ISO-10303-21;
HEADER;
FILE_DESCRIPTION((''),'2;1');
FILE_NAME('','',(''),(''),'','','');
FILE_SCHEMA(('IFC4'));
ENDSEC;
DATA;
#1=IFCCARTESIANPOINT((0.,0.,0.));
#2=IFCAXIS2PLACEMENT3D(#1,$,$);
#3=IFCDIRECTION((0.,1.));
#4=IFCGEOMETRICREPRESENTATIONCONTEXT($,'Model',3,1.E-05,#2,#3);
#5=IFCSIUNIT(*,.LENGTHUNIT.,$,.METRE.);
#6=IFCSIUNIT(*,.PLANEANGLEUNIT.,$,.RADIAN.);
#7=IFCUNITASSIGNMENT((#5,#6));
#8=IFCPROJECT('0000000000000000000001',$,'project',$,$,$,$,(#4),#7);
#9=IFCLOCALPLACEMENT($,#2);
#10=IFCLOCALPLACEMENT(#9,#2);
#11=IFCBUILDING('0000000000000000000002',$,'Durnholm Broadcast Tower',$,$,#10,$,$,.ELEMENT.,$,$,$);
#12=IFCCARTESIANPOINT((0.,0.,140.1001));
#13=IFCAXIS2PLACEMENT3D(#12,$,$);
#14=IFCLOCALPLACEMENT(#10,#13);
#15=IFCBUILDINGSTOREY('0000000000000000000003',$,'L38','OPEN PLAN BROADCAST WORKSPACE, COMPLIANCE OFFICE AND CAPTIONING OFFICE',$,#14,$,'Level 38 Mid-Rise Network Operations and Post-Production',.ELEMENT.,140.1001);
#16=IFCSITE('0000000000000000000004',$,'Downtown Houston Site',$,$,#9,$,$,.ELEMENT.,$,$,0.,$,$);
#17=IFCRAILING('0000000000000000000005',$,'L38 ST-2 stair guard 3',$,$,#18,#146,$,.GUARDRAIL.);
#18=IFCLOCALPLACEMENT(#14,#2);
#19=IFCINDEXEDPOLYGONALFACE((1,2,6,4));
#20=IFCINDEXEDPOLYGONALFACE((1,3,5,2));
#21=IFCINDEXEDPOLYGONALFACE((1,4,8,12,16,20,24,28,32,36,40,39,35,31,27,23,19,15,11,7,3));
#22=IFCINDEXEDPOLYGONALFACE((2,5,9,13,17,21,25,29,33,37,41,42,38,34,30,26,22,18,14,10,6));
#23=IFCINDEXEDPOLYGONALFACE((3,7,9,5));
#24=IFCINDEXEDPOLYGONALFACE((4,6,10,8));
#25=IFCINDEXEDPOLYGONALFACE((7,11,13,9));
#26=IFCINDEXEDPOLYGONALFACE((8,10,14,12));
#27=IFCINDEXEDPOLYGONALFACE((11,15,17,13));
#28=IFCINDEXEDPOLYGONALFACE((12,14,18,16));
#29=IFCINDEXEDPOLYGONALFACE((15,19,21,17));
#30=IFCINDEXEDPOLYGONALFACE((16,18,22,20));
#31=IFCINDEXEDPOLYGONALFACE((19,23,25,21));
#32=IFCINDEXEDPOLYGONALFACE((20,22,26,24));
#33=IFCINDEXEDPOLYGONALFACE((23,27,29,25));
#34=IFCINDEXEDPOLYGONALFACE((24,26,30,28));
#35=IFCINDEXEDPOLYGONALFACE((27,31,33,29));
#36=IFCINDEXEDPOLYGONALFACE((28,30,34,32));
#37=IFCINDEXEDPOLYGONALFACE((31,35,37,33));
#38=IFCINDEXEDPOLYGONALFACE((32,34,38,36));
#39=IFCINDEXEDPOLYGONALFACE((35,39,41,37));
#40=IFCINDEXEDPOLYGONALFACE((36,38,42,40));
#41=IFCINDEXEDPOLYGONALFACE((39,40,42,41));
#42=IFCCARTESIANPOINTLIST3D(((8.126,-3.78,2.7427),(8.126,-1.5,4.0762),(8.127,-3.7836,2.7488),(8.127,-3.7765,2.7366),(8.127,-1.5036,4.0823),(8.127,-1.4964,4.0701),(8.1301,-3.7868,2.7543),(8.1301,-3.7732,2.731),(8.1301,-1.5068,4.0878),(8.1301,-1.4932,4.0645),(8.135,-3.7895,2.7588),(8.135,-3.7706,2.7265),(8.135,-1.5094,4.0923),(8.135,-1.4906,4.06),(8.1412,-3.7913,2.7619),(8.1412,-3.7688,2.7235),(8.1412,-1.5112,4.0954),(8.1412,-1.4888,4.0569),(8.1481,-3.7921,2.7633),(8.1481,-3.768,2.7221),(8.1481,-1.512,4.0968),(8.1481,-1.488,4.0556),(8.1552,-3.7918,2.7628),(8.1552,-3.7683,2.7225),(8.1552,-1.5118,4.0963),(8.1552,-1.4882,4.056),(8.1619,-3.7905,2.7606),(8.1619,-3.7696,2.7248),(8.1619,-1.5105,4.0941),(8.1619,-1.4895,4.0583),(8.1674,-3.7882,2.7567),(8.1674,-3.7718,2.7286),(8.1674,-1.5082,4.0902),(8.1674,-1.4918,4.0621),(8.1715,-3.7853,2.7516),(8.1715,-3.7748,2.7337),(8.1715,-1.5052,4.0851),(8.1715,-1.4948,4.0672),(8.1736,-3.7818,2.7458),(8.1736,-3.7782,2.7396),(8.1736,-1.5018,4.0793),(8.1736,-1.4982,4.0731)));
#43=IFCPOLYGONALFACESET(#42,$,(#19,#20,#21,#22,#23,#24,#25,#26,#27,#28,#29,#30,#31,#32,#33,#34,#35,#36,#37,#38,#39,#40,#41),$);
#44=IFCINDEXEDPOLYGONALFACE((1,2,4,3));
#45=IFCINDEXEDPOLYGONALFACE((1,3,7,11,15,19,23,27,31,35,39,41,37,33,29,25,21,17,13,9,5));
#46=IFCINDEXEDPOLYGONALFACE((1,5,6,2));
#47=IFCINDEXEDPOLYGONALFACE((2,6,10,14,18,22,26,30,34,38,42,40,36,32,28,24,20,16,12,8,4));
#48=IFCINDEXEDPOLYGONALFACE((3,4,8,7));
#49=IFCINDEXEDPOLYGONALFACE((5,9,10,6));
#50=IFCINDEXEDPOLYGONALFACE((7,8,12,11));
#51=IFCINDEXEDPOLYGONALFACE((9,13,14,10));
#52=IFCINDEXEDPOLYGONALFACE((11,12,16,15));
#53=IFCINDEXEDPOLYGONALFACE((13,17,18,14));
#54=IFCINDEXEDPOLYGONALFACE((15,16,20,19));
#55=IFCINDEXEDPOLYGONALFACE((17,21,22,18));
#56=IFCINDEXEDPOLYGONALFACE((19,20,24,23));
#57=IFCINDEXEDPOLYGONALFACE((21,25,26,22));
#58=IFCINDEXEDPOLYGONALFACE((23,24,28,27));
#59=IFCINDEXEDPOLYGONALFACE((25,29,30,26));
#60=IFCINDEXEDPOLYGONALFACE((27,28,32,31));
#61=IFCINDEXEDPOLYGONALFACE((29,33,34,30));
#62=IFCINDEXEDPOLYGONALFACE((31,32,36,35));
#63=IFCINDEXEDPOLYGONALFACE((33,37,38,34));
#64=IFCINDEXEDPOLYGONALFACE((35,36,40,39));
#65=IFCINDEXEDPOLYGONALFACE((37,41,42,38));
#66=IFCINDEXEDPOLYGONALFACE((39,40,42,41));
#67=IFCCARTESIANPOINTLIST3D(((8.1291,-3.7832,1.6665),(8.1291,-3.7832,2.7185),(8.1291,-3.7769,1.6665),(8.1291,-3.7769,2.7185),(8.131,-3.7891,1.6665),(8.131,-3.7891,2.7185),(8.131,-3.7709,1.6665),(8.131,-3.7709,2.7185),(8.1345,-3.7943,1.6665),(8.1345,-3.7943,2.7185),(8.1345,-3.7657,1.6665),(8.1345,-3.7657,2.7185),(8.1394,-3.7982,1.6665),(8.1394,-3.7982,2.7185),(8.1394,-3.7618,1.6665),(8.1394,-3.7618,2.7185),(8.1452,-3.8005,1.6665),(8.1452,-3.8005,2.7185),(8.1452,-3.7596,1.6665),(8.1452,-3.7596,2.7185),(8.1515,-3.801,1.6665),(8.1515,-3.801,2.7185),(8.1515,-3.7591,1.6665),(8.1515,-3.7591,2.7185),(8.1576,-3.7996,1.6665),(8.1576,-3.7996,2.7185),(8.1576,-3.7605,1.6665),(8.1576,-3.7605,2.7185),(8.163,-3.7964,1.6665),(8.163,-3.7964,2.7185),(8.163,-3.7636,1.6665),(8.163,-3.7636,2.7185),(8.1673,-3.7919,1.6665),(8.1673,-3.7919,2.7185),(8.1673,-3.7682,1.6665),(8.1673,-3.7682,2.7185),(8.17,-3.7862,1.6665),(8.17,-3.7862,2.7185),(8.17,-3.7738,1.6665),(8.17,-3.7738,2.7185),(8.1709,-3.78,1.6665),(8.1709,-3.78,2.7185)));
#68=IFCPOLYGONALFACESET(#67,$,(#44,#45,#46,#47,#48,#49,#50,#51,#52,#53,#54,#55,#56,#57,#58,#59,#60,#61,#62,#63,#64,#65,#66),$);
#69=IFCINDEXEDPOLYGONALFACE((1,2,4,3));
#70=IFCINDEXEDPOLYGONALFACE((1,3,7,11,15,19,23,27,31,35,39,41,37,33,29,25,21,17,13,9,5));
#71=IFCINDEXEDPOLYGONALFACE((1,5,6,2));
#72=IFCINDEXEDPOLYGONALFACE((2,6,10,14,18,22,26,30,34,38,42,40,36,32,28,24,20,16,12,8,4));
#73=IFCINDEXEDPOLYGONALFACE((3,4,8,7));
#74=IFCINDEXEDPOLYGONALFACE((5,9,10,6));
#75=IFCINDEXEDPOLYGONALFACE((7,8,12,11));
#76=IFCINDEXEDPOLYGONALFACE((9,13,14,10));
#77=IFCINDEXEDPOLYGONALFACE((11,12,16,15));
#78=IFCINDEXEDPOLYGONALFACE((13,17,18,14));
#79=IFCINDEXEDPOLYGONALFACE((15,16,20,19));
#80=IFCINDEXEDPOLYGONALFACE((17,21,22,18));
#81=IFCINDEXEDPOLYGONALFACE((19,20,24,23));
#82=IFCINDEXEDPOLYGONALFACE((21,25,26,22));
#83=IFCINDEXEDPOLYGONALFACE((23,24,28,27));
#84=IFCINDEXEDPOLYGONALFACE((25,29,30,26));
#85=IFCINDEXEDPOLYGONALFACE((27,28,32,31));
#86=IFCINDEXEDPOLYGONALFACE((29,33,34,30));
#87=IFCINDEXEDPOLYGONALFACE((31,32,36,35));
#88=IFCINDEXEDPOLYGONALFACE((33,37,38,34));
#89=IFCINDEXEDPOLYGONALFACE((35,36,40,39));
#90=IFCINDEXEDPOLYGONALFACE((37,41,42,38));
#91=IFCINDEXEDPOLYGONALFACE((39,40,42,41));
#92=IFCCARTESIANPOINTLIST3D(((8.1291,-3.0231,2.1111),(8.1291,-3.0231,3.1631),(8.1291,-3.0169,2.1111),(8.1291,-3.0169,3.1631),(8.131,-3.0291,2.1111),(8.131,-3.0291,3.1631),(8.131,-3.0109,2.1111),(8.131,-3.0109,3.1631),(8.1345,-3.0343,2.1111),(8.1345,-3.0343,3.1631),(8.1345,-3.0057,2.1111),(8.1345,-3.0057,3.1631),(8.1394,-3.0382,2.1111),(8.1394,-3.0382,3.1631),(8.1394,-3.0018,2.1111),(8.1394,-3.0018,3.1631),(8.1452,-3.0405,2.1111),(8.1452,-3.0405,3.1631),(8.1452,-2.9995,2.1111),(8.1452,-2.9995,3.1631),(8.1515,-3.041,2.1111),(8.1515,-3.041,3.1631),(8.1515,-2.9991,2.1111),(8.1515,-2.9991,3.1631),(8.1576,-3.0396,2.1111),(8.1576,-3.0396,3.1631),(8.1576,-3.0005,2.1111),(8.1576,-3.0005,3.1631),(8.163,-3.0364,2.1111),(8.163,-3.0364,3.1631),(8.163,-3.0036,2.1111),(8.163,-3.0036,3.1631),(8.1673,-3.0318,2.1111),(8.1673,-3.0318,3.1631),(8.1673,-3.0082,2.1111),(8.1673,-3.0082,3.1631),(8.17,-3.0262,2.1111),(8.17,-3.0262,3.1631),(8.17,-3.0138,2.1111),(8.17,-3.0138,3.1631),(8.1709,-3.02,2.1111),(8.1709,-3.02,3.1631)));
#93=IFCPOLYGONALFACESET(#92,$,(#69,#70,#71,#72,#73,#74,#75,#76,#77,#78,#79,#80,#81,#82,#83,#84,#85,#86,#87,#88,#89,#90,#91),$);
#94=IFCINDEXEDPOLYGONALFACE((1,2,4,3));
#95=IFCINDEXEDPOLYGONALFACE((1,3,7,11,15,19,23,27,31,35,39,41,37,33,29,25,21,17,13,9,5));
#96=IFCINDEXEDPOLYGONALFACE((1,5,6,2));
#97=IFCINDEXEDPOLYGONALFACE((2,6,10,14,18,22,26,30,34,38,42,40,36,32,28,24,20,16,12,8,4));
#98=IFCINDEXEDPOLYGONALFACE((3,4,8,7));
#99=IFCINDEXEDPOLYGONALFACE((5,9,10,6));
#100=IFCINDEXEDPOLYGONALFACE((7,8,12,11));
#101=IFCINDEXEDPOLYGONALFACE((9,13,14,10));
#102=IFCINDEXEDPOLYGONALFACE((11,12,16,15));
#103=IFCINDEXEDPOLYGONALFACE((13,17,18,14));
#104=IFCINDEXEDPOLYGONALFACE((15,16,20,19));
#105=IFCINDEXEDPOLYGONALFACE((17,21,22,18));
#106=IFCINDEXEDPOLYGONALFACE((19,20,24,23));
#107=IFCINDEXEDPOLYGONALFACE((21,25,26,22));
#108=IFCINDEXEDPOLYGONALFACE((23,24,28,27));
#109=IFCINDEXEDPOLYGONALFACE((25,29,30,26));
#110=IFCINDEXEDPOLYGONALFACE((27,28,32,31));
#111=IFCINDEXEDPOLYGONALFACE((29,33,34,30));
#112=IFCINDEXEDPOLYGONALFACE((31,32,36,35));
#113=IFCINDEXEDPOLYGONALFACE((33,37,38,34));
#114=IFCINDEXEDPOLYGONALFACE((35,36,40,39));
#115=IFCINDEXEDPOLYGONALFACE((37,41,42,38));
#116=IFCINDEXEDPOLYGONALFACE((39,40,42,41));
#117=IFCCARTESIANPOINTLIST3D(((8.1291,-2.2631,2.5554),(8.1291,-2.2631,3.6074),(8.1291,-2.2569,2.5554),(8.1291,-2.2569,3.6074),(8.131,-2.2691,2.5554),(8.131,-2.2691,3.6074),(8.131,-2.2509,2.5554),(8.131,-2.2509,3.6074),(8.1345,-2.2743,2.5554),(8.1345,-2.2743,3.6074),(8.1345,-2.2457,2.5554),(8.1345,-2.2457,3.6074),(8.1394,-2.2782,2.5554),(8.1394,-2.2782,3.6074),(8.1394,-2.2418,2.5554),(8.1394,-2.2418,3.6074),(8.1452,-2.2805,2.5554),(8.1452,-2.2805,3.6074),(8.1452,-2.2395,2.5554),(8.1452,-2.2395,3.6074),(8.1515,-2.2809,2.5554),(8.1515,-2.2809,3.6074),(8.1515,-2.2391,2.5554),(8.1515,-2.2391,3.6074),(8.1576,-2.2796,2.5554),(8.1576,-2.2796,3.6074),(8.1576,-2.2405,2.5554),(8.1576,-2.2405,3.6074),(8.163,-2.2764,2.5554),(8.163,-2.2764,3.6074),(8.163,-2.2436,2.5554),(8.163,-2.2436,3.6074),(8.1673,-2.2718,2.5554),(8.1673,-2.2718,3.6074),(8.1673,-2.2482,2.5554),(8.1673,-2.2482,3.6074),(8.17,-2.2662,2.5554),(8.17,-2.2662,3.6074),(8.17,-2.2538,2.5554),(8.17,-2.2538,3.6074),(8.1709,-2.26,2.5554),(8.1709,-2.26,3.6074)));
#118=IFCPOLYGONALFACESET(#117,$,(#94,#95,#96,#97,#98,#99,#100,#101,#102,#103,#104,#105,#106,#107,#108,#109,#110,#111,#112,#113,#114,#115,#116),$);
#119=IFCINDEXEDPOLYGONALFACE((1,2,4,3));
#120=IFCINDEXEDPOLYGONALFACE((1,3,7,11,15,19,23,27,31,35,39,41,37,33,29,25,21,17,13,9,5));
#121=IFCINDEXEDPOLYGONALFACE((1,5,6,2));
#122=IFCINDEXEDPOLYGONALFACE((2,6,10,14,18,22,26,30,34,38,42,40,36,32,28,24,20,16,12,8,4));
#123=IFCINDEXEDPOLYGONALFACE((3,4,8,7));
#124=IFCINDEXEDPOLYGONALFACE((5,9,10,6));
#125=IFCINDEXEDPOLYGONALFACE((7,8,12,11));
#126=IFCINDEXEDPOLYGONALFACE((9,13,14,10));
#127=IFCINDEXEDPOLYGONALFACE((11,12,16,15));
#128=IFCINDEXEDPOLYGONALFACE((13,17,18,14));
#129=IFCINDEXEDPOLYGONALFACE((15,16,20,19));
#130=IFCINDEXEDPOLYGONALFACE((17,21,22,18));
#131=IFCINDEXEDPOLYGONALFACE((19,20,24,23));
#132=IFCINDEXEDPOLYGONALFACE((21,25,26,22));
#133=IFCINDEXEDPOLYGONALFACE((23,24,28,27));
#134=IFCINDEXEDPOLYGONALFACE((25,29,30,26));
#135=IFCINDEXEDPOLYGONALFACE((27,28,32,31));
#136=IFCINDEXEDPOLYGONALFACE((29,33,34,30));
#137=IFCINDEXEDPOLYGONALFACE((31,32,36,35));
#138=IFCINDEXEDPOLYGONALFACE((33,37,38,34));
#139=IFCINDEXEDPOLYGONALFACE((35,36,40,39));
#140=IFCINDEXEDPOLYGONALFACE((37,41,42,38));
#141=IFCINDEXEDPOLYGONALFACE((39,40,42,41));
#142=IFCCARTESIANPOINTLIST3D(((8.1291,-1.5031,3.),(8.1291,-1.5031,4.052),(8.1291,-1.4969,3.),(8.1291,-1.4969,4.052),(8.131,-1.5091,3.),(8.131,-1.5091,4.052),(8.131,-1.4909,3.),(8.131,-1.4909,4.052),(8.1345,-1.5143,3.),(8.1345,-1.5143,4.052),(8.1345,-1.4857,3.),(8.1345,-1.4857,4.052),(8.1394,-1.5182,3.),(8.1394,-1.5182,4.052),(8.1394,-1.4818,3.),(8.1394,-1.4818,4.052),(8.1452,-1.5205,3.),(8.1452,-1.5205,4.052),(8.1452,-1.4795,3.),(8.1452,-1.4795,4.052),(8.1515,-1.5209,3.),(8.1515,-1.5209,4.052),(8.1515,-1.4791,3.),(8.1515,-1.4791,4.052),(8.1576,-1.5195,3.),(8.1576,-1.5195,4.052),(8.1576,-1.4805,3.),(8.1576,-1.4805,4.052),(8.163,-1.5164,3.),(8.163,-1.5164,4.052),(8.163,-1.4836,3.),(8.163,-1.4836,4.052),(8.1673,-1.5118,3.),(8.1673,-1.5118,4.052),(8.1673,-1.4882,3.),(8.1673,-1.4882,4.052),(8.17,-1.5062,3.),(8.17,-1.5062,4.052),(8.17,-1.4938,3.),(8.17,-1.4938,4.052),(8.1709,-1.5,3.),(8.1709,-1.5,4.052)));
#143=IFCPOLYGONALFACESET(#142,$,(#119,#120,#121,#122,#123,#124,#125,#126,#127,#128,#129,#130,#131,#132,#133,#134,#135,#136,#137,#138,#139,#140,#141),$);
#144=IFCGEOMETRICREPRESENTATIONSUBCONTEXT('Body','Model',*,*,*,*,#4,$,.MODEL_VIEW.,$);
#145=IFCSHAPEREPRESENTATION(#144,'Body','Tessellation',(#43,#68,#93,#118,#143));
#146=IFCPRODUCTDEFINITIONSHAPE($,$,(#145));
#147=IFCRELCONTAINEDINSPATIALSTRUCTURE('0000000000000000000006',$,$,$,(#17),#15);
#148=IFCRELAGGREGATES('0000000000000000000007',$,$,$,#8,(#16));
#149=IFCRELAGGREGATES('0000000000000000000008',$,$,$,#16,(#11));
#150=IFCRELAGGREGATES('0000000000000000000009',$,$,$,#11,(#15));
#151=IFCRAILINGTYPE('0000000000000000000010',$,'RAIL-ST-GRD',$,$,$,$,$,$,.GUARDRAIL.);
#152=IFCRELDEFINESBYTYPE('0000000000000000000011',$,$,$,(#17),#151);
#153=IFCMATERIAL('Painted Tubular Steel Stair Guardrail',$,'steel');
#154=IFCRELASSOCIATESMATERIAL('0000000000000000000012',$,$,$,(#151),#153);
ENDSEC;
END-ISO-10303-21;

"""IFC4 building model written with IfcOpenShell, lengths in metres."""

from ifc_helpers import new_model, si_unit, direction, frame, origin, origin_2d, place, context, subcontext, project, spatial, circle, extrude, material, type_object, element, save


model = new_model("IFC4")

# Units and contexts
model_context = context("Model", 3, precision=1e-05, world=origin(), true_north=direction((0.0, 1.0)))
body_context = subcontext(model_context, "Body", "Model", "MODEL_VIEW")
ifc_project = project(units=[si_unit("LENGTHUNIT", "METRE"), si_unit("PLANEANGLEUNIT", "RADIAN")], contexts=[model_context])

# Site, building, storey
site_placement = place(None, origin())
site = spatial("IfcSite", under=ifc_project, at=site_placement, Name="Downtown Houston Site", CompositionType="ELEMENT", RefElevation=0.0)
building_placement = place(site_placement, origin())
building = spatial("IfcBuilding", under=site, at=building_placement, Name="Durnholm Broadcast Tower", CompositionType="ELEMENT")
storey_placement = place(building_placement, frame((0.0, 0.0, 140.1001)))
storey = spatial("IfcBuildingStorey", under=building, at=storey_placement, Name="L38", Description="OPEN PLAN BROADCAST WORKSPACE, COMPLIANCE OFFICE AND CAPTIONING OFFICE", LongName="Level 38 Mid-Rise Network Operations and Post-Production", CompositionType="ELEMENT", Elevation=140.1001)

# Railing
ifc_material_1 = material(Name="Painted Tubular Steel Stair Guardrail", Category="steel")
railing_type_1 = type_object("IfcRailingType", Name="RAIL-ST-GRD", PredefinedType="GUARDRAIL", material=ifc_material_1)
railing_1_placement = place(storey_placement, frame((8.1499, -3.78, 1.6665)))
element("IfcRailing", 1, at=railing_1_placement, inside=storey, type_object=railing_type_1, Name="L38 ST-2 stair guard 3", PredefinedType="GUARDRAIL", context=body_context, shape_type="SweptSolid", body=[
    extrude(circle(Radius=0.0239, at=origin_2d()), frame((0.0, 0.0, 1.0762), z_axis=(0.0, 0.863205, 0.504853), x_axis=(-1.0, 0.0, 0.0)), (0.0, 0.0, 1.0), 2.6414),
    extrude(circle(Radius=0.021, at=origin_2d()), origin(), (0.0, 0.0, 1.0), 1.052),
    extrude(circle(Radius=0.021, at=origin_2d()), frame((0.0, 0.76, 0.4446)), (0.0, 0.0, 1.0), 1.052),
    extrude(circle(Radius=0.021, at=origin_2d()), frame((0.0, 1.52, 0.8889)), (0.0, 0.0, 1.0), 1.052),
    extrude(circle(Radius=0.021, at=origin_2d()), frame((0.0, 2.28, 1.3335)), (0.0, 0.0, 1.0), 1.052),
])

save(model, "model.ifc")
